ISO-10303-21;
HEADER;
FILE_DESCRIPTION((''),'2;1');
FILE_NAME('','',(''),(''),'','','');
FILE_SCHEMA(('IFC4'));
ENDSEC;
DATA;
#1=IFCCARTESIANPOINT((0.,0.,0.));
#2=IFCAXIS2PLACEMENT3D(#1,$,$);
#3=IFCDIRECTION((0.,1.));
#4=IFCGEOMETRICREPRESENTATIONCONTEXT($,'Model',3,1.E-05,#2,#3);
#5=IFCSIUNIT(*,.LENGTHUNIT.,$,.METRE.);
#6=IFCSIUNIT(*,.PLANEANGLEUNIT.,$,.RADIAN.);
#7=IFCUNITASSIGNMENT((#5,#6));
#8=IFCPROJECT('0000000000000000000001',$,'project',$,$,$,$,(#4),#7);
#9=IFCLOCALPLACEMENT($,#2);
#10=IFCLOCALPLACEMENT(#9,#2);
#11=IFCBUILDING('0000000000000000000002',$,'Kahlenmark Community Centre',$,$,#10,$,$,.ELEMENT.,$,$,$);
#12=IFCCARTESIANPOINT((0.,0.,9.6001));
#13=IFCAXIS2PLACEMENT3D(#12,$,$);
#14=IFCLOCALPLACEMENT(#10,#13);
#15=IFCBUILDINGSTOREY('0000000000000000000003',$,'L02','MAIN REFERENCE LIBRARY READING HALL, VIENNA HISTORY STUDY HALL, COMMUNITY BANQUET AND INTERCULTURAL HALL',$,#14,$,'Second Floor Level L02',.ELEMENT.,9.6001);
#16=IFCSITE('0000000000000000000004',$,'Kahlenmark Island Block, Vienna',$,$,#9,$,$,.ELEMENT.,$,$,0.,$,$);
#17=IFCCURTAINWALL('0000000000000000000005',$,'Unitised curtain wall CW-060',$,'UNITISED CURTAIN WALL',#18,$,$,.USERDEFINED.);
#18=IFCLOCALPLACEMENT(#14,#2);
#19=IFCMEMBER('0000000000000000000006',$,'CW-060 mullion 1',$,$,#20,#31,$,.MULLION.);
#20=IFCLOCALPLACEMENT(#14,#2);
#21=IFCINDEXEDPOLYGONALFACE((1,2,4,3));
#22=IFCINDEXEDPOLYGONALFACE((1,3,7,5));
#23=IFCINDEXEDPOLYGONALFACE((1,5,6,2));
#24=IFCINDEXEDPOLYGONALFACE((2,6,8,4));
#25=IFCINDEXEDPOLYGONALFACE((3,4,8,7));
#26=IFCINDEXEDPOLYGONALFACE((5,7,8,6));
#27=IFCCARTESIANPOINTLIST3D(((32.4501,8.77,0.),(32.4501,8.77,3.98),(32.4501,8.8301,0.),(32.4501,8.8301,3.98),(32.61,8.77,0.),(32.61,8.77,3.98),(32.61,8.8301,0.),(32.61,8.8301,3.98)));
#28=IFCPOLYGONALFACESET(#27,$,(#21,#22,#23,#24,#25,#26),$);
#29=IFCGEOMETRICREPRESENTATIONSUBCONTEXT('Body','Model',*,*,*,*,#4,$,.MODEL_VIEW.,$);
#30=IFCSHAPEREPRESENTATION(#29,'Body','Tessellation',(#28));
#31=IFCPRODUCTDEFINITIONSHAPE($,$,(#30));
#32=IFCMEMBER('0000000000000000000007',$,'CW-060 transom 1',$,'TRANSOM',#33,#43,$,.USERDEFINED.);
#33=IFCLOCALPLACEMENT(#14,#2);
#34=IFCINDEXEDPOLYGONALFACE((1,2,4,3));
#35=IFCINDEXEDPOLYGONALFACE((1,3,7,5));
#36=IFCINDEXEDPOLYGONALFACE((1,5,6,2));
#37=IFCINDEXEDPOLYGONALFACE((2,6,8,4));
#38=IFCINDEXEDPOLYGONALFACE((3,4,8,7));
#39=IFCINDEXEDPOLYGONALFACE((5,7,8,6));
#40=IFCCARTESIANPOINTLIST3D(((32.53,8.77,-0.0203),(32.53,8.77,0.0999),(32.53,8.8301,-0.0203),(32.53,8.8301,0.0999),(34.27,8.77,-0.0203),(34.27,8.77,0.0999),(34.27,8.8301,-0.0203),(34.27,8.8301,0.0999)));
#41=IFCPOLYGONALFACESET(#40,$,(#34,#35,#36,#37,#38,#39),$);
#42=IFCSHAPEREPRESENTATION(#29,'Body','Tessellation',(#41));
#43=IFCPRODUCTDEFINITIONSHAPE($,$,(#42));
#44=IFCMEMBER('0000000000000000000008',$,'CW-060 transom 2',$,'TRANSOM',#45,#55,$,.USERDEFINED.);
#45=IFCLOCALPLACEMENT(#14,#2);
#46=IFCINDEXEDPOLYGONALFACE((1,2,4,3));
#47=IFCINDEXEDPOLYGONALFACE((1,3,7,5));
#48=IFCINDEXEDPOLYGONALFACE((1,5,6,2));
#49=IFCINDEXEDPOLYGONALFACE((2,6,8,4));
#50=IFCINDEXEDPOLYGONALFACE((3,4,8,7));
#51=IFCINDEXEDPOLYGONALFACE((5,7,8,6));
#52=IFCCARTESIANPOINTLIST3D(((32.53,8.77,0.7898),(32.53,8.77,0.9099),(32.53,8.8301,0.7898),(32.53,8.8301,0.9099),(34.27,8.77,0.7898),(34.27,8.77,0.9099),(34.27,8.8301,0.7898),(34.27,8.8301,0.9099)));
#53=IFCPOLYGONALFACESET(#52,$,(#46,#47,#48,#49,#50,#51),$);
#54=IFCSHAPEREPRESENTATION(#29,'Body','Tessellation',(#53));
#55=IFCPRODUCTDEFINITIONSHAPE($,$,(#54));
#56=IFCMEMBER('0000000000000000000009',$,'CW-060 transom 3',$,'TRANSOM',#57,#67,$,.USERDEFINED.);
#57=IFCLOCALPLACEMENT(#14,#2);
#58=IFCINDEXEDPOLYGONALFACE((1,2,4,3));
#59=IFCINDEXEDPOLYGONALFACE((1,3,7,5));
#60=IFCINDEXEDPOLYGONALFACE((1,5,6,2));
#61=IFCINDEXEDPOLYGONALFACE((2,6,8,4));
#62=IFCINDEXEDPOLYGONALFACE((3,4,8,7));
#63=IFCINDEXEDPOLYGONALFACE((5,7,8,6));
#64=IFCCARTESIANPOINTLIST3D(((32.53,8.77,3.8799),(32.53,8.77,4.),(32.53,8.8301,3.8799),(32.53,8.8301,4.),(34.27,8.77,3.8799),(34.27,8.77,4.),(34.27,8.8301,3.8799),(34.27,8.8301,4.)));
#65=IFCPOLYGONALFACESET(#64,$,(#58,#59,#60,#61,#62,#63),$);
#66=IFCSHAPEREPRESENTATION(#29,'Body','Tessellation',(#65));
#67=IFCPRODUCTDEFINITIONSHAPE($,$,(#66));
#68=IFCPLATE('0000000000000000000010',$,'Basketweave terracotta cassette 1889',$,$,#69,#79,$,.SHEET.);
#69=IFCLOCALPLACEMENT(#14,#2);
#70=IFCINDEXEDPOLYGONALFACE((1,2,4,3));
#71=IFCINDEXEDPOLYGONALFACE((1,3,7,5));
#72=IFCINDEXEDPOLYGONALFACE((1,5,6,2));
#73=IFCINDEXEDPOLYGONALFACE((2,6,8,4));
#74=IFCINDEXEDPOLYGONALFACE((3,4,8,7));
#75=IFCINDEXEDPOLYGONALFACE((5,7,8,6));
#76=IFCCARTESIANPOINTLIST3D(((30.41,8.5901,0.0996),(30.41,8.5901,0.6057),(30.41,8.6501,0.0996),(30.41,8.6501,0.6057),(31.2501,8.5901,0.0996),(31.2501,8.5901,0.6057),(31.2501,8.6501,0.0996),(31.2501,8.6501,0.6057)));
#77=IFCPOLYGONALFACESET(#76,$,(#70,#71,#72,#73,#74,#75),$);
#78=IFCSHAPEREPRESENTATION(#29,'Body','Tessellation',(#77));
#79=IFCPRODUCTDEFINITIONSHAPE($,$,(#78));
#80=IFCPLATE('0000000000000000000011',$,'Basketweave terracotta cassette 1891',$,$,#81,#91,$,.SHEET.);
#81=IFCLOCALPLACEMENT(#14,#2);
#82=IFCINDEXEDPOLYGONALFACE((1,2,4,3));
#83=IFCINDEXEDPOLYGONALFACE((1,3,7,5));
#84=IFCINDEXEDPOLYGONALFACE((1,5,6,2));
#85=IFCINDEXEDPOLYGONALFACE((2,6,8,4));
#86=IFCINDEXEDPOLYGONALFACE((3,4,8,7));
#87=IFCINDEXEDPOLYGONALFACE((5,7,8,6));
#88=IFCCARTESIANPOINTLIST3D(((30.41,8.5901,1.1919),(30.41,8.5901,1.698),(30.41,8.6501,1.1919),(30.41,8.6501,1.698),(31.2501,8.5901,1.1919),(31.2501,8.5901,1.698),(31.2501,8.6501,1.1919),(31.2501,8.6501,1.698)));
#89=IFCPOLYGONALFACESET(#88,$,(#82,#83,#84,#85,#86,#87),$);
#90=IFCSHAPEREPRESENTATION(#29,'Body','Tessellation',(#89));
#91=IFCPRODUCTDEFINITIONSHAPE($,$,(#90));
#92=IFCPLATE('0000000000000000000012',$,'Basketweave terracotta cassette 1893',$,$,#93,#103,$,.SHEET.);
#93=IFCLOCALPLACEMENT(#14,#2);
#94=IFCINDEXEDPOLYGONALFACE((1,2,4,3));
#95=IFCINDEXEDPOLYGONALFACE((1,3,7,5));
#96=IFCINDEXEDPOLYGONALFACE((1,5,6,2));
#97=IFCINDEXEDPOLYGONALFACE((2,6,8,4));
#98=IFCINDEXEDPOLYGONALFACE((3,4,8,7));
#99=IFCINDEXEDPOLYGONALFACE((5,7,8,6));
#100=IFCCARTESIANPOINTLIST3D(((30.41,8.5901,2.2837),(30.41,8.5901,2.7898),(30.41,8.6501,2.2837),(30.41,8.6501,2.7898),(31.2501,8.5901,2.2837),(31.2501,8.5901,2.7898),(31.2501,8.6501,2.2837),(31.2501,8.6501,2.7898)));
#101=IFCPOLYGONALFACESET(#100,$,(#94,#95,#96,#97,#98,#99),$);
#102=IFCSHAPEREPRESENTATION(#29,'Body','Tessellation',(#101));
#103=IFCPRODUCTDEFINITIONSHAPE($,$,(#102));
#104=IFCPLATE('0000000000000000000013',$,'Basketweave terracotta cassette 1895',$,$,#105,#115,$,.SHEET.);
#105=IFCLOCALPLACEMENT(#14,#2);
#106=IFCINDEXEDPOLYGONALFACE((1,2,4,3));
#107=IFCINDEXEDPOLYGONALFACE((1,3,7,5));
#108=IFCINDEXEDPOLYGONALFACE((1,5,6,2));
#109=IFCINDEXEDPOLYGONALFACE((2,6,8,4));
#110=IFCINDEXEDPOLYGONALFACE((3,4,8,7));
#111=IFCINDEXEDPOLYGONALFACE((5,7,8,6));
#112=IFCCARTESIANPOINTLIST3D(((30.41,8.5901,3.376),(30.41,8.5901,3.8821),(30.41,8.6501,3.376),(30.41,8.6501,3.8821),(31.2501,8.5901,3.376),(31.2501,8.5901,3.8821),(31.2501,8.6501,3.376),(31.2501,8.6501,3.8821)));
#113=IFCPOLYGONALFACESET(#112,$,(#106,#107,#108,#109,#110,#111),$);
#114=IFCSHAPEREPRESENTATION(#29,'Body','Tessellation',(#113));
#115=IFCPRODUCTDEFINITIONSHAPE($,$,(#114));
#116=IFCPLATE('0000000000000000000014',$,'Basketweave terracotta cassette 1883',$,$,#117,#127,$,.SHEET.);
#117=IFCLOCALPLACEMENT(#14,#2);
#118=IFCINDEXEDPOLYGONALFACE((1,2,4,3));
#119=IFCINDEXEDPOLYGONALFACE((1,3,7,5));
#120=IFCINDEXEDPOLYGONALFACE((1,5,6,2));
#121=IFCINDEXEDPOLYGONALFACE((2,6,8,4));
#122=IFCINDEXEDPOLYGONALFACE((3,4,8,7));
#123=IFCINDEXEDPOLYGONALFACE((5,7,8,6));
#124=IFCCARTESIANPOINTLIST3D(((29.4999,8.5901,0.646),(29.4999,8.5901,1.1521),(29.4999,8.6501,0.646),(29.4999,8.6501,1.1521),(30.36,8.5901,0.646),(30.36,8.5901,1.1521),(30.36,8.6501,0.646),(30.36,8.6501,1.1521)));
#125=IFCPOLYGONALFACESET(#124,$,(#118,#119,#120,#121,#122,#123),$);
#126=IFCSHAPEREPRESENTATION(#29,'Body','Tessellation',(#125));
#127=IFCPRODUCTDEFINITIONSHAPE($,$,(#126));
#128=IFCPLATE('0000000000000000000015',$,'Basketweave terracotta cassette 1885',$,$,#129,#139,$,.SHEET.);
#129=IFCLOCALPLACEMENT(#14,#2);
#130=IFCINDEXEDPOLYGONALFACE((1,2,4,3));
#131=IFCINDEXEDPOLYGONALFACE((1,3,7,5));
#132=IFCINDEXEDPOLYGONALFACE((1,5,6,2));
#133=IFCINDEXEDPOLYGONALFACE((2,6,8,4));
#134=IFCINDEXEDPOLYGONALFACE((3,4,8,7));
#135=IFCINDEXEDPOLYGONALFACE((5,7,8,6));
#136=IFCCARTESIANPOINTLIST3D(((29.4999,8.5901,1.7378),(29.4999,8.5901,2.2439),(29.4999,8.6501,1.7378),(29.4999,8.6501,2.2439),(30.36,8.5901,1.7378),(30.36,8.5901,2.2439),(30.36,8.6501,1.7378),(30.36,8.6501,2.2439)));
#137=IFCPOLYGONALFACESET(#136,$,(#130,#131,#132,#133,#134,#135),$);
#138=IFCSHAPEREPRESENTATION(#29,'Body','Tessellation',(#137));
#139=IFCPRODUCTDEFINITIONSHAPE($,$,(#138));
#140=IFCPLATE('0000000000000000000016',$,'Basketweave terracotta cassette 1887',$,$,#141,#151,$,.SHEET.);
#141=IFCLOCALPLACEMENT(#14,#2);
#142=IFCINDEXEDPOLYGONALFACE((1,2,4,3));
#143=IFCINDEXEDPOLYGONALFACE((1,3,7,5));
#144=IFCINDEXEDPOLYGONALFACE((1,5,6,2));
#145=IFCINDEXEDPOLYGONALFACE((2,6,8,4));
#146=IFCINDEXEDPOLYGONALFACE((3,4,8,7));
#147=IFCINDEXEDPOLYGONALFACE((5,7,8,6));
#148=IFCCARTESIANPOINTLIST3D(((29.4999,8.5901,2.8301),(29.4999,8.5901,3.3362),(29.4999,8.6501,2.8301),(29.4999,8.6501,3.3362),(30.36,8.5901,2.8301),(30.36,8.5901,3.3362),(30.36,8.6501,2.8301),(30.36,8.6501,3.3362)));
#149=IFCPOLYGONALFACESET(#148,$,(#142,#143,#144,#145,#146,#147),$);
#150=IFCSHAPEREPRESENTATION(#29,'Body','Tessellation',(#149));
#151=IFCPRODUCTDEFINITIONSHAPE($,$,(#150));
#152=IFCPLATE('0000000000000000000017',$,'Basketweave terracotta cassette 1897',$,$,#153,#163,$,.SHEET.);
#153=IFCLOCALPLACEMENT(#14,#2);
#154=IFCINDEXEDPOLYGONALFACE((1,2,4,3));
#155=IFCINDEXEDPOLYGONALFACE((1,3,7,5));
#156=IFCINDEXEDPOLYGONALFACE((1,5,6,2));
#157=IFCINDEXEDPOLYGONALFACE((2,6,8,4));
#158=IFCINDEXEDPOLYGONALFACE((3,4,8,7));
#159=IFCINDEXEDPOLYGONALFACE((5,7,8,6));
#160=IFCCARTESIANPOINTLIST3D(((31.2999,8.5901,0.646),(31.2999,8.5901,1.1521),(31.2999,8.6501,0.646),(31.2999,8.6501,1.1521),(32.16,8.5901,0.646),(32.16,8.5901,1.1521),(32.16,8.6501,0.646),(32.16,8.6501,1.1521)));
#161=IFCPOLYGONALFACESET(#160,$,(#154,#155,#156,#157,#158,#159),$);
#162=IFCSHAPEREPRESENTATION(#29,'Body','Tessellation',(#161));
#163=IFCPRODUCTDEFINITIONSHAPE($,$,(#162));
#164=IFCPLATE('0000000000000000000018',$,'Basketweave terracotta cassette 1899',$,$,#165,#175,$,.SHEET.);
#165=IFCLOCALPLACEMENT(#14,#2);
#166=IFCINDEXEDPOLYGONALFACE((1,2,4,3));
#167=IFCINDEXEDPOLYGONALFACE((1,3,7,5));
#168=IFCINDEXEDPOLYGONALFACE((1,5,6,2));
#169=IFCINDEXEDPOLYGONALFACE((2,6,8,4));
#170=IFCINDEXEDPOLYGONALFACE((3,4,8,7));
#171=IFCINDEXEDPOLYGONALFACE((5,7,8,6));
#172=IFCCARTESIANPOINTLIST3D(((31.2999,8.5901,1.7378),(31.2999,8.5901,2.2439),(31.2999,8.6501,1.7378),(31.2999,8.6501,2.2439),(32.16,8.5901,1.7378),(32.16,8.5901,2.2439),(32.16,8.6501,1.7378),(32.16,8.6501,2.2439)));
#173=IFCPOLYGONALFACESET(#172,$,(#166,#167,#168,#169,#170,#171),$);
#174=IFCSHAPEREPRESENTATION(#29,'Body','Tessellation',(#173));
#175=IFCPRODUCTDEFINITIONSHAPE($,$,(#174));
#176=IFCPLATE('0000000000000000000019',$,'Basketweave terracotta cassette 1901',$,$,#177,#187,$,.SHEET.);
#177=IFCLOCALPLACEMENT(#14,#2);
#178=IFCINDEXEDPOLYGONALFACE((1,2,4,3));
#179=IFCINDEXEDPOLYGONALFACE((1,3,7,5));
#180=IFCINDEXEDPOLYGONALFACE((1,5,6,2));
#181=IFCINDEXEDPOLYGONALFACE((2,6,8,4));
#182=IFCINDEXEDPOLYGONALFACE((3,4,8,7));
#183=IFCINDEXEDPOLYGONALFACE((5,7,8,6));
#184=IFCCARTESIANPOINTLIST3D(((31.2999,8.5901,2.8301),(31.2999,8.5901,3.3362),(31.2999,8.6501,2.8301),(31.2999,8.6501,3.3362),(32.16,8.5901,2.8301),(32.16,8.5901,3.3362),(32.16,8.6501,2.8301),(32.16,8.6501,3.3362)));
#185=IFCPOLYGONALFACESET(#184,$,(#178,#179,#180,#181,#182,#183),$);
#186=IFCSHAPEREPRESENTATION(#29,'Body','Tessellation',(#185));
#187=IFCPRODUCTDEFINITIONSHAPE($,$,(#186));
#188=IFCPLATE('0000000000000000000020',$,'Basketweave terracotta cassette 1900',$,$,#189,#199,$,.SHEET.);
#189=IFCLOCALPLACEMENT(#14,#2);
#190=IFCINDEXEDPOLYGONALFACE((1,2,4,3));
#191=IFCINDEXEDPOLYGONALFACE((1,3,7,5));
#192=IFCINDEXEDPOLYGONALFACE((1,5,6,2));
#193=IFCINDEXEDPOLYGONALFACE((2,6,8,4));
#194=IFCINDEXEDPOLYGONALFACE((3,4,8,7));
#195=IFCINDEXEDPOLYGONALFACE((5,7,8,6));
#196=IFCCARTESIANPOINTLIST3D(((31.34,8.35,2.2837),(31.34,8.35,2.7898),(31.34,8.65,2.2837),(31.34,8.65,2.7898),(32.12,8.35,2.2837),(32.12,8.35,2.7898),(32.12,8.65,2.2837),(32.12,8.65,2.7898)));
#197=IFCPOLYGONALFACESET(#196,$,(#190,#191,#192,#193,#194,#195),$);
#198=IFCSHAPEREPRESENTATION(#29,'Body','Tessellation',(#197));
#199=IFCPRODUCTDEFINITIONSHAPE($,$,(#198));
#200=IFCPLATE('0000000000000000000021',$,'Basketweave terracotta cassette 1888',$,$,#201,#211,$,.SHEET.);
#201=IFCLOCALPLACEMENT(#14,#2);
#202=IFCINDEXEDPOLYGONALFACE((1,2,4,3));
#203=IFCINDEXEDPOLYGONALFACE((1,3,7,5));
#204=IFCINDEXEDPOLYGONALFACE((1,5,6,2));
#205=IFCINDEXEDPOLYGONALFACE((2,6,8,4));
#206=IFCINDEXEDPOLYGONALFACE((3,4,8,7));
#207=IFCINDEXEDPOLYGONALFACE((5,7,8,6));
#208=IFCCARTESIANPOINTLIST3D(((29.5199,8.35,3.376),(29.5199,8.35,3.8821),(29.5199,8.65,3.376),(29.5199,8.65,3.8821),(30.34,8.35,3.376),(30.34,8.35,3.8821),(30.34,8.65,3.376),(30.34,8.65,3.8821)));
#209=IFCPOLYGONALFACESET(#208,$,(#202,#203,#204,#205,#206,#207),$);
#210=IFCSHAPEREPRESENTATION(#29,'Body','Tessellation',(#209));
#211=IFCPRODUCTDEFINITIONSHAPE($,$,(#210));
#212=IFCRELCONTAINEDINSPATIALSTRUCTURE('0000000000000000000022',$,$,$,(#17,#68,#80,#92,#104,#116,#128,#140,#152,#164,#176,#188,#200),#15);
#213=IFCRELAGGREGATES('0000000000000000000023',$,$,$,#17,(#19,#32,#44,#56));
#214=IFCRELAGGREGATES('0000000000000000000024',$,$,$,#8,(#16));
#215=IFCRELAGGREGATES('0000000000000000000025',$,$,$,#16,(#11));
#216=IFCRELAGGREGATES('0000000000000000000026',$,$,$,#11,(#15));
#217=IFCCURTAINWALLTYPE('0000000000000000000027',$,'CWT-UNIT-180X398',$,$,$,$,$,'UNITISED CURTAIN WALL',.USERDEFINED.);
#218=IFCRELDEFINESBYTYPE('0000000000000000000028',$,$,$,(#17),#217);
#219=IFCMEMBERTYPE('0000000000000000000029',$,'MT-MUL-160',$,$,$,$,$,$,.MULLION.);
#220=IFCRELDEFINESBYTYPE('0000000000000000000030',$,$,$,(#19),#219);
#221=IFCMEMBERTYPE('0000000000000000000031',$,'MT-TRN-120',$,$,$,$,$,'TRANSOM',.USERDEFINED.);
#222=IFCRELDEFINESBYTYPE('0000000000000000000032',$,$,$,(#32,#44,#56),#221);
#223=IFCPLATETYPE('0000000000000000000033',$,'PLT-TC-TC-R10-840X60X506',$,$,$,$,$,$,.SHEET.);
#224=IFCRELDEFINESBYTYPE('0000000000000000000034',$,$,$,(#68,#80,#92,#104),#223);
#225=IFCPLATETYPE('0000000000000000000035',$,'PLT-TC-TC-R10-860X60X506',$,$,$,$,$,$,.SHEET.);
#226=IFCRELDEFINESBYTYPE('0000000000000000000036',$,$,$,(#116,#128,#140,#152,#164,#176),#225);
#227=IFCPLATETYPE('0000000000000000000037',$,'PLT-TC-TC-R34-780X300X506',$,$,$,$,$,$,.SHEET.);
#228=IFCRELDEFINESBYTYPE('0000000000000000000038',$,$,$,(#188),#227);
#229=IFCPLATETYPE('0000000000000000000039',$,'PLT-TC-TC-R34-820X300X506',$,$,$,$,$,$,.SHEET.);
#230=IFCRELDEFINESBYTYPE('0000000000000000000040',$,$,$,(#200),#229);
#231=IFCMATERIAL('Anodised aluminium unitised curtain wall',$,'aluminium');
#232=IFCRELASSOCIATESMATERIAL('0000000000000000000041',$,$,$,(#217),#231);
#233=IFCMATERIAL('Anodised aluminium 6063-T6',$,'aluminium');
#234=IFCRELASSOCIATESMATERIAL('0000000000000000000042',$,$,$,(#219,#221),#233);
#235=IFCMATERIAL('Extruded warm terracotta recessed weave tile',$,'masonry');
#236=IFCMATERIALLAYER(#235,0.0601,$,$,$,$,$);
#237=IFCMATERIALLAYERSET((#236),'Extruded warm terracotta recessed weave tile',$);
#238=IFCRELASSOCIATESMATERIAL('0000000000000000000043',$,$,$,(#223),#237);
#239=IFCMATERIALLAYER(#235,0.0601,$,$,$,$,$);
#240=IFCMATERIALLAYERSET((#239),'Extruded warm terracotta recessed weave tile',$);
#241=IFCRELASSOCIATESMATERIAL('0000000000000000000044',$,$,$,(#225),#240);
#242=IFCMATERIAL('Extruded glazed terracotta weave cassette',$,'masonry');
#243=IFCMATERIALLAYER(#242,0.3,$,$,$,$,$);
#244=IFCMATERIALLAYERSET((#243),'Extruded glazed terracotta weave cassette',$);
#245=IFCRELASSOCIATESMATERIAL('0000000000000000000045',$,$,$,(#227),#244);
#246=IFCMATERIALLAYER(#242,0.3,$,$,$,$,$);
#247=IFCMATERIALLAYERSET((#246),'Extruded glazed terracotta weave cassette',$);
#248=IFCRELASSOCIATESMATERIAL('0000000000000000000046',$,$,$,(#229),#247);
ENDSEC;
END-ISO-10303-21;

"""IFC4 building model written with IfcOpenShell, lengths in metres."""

from ifc_helpers import new_model, si_unit, direction, frame, origin, origin_2d, place, context, subcontext, project, spatial, rectangle, extrude, material, layer, layer_set, material_profile, profile_set, type_object, element, aggregate, save


model = new_model("IFC4")

# Units and contexts
model_context = context("Model", 3, precision=1e-05, world=origin(), true_north=direction((0.0, 1.0)))
body_context = subcontext(model_context, "Body", "Model", "MODEL_VIEW")
ifc_project = project(units=[si_unit("LENGTHUNIT", "METRE"), si_unit("PLANEANGLEUNIT", "RADIAN")], contexts=[model_context])

# Site, building, storey
site_placement = place(None, origin())
site = spatial("IfcSite", under=ifc_project, at=site_placement, Name="Kahlenmark Island Block, Vienna", CompositionType="ELEMENT", RefElevation=0.0)
building_placement = place(site_placement, origin())
building = spatial("IfcBuilding", under=site, at=building_placement, Name="Kahlenmark Community Centre", CompositionType="ELEMENT")
storey_placement = place(building_placement, frame((0.0, 0.0, 9.6001)))
storey = spatial("IfcBuildingStorey", under=building, at=storey_placement, Name="L02", Description="MAIN REFERENCE LIBRARY READING HALL, VIENNA HISTORY STUDY HALL, COMMUNITY BANQUET AND INTERCULTURAL HALL", LongName="Second Floor Level L02", CompositionType="ELEMENT", Elevation=9.6001)

# Curtain wall, members
ifc_material_1 = material(Name="Anodised aluminium unitised curtain wall", Category="aluminium")
curtain_wall_type = type_object("IfcCurtainWallType", Name="CWT-UNIT-180X398", ElementType="UNITISED CURTAIN WALL", PredefinedType="USERDEFINED", material=ifc_material_1)
curtain_wall_placement = place(storey_placement, origin())
curtain_wall = element("IfcCurtainWall", 1, at=curtain_wall_placement, inside=storey, type_object=curtain_wall_type, Name="Unitised curtain wall CW-060", ObjectType="UNITISED CURTAIN WALL", PredefinedType="USERDEFINED")
ifc_material_2 = material(Name="Anodised aluminium 6063-T6", Category="aluminium")
ifc_material_profile_1 = material_profile(ifc_material_2, rectangle(XDim=0.0601, YDim=0.1599, at=origin_2d()), Name="ALU MULLION 60x160")
ifc_profile_set_1 = profile_set([ifc_material_profile_1], Name="Anodised aluminium 6063-T6")
member_type_1 = type_object("IfcMemberType", Name="MT-MUL-160", PredefinedType="MULLION", material=ifc_profile_set_1)
member_1_placement = place(storey_placement, frame((32.53, 8.8, 0.0), z_axis=(0.0, 0.0, 1.0), x_axis=(0.0, 1.0, 0.0)))
member_1 = element("IfcMember", 2, at=member_1_placement, type_object=member_type_1, Name="CW-060 mullion 1", PredefinedType="MULLION", context=body_context, shape_type="SweptSolid", body=[
    extrude(rectangle(XDim=0.0601, YDim=0.1599, at=origin_2d()), origin(), (0.0, 0.0, 1.0), 3.98),
])
ifc_material_profile_2 = material_profile(ifc_material_2, rectangle(XDim=0.0601, YDim=0.1201, at=origin_2d()), Name="ALU TRANSOM 60x120")
ifc_profile_set_2 = profile_set([ifc_material_profile_2], Name="Anodised aluminium 6063-T6")
member_type_2 = type_object("IfcMemberType", Name="MT-TRN-120", ElementType="TRANSOM", PredefinedType="USERDEFINED", material=ifc_profile_set_2)
member_2_placement = place(storey_placement, frame((32.53, 8.8, 0.0398), z_axis=(1.0, 0.0, 0.0), x_axis=(0.0, 1.0, 0.0)))
member_2 = element("IfcMember", 3, at=member_2_placement, type_object=member_type_2, Name="CW-060 transom 1", ObjectType="TRANSOM", PredefinedType="USERDEFINED", context=body_context, shape_type="SweptSolid", body=[
    extrude(rectangle(XDim=0.0601, YDim=0.1201, at=origin_2d()), origin(), (0.0, 0.0, 1.0), 1.74),
])
member_3_placement = place(storey_placement, frame((32.53, 8.8, 0.8499), z_axis=(1.0, 0.0, 0.0), x_axis=(0.0, 1.0, 0.0)))
member_3 = element("IfcMember", 4, at=member_3_placement, type_object=member_type_2, Name="CW-060 transom 2", ObjectType="TRANSOM", PredefinedType="USERDEFINED", context=body_context, shape_type="SweptSolid", body=[
    extrude(rectangle(XDim=0.0601, YDim=0.1201, at=origin_2d()), origin(), (0.0, 0.0, 1.0), 1.74),
])
member_4_placement = place(storey_placement, frame((32.53, 8.8, 3.9399), z_axis=(1.0, 0.0, 0.0), x_axis=(0.0, 1.0, 0.0)))
member_4 = element("IfcMember", 5, at=member_4_placement, type_object=member_type_2, Name="CW-060 transom 3", ObjectType="TRANSOM", PredefinedType="USERDEFINED", context=body_context, shape_type="SweptSolid", body=[
    extrude(rectangle(XDim=0.0601, YDim=0.1201, at=origin_2d()), origin(), (0.0, 0.0, 1.0), 1.74),
])
aggregate(curtain_wall, [member_1, member_2, member_3, member_4])

# Plates
ifc_material_3 = material(Name="Extruded warm terracotta recessed weave tile", Category="masonry")
ifc_layer_1 = layer(ifc_material_3, 0.0601)
ifc_layer_set_1 = layer_set([ifc_layer_1], Name="Extruded warm terracotta recessed weave tile")
plate_type_1 = type_object("IfcPlateType", Name="PLT-TC-TC-R10-840X60X506", PredefinedType="SHEET", material=ifc_layer_set_1)
for number, where, z_axis, x_axis, name in (
    (6, (30.8301, 8.6201, 0.0996), (0.0, 0.0, 1.0), (1.0, 0.0, 0.0), "Basketweave terracotta cassette 1889"),
    (7, (30.8301, 8.6201, 1.1919), (0.0, 0.0, 1.0), (1.0, 0.0, 0.0), "Basketweave terracotta cassette 1891"),
    (8, (30.8301, 8.6201, 2.2837), (0.0, 0.0, 1.0), (1.0, 0.0, 0.0), "Basketweave terracotta cassette 1893"),
    (9, (30.8301, 8.6201, 3.376), (0.0, 0.0, 1.0), (1.0, 0.0, 0.0), "Basketweave terracotta cassette 1895"),
):
    element("IfcPlate", number, at=place(storey_placement, frame(where, z_axis=z_axis, x_axis=x_axis)), inside=storey, type_object=plate_type_1, Name=name, PredefinedType="SHEET", context=body_context, shape_type="SweptSolid", body=[
        extrude(rectangle(XDim=0.8401, YDim=0.0601, at=origin_2d()), origin(), (0.0, 0.0, 1.0), 0.5061),
    ])
ifc_layer_2 = layer(ifc_material_3, 0.0601)
ifc_layer_set_2 = layer_set([ifc_layer_2], Name="Extruded warm terracotta recessed weave tile")
plate_type_2 = type_object("IfcPlateType", Name="PLT-TC-TC-R10-860X60X506", PredefinedType="SHEET", material=ifc_layer_set_2)
for number, where, z_axis, x_axis, name in (
    (10, (29.9299, 8.6201, 0.646), (0.0, 0.0, 1.0), (1.0, 0.0, 0.0), "Basketweave terracotta cassette 1883"),
    (11, (29.9299, 8.6201, 1.7378), (0.0, 0.0, 1.0), (1.0, 0.0, 0.0), "Basketweave terracotta cassette 1885"),
    (12, (29.9299, 8.6201, 2.8301), (0.0, 0.0, 1.0), (1.0, 0.0, 0.0), "Basketweave terracotta cassette 1887"),
    (13, (31.73, 8.6201, 0.646), (0.0, 0.0, 1.0), (1.0, 0.0, 0.0), "Basketweave terracotta cassette 1897"),
    (14, (31.73, 8.6201, 1.7378), (0.0, 0.0, 1.0), (1.0, 0.0, 0.0), "Basketweave terracotta cassette 1899"),
    (15, (31.73, 8.6201, 2.8301), (0.0, 0.0, 1.0), (1.0, 0.0, 0.0), "Basketweave terracotta cassette 1901"),
):
    element("IfcPlate", number, at=place(storey_placement, frame(where, z_axis=z_axis, x_axis=x_axis)), inside=storey, type_object=plate_type_2, Name=name, PredefinedType="SHEET", context=body_context, shape_type="SweptSolid", body=[
        extrude(rectangle(XDim=0.8601, YDim=0.0601, at=origin_2d()), origin(), (0.0, 0.0, 1.0), 0.5061),
    ])
ifc_material_4 = material(Name="Extruded glazed terracotta weave cassette", Category="masonry")
ifc_layer_3 = layer(ifc_material_4, 0.3)
ifc_layer_set_3 = layer_set([ifc_layer_3], Name="Extruded glazed terracotta weave cassette")
plate_type_3 = type_object("IfcPlateType", Name="PLT-TC-TC-R34-780X300X506", PredefinedType="SHEET", material=ifc_layer_set_3)
plate_1_placement = place(storey_placement, frame((31.73, 8.5, 2.2837), z_axis=(0.0, 0.0, 1.0), x_axis=(1.0, 0.0, 0.0)))
element("IfcPlate", 16, at=plate_1_placement, inside=storey, type_object=plate_type_3, Name="Basketweave terracotta cassette 1900", PredefinedType="SHEET", context=body_context, shape_type="SweptSolid", body=[
    extrude(rectangle(XDim=0.78, YDim=0.3, at=origin_2d()), origin(), (0.0, 0.0, 1.0), 0.5061),
])
ifc_layer_4 = layer(ifc_material_4, 0.3)
ifc_layer_set_4 = layer_set([ifc_layer_4], Name="Extruded glazed terracotta weave cassette")
plate_type_4 = type_object("IfcPlateType", Name="PLT-TC-TC-R34-820X300X506", PredefinedType="SHEET", material=ifc_layer_set_4)
for number, where, z_axis, x_axis, name in (
    (17, (29.9299, 8.5, 3.376), (0.0, 0.0, 1.0), (1.0, 0.0, 0.0), "Basketweave terracotta cassette 1888"),
):
    element("IfcPlate", number, at=place(storey_placement, frame(where, z_axis=z_axis, x_axis=x_axis)), inside=storey, type_object=plate_type_4, Name=name, PredefinedType="SHEET", context=body_context, shape_type="SweptSolid", body=[
        extrude(rectangle(XDim=0.8201, YDim=0.3, at=origin_2d()), origin(), (0.0, 0.0, 1.0), 0.5061),
    ])

save(model, "model.ifc")
